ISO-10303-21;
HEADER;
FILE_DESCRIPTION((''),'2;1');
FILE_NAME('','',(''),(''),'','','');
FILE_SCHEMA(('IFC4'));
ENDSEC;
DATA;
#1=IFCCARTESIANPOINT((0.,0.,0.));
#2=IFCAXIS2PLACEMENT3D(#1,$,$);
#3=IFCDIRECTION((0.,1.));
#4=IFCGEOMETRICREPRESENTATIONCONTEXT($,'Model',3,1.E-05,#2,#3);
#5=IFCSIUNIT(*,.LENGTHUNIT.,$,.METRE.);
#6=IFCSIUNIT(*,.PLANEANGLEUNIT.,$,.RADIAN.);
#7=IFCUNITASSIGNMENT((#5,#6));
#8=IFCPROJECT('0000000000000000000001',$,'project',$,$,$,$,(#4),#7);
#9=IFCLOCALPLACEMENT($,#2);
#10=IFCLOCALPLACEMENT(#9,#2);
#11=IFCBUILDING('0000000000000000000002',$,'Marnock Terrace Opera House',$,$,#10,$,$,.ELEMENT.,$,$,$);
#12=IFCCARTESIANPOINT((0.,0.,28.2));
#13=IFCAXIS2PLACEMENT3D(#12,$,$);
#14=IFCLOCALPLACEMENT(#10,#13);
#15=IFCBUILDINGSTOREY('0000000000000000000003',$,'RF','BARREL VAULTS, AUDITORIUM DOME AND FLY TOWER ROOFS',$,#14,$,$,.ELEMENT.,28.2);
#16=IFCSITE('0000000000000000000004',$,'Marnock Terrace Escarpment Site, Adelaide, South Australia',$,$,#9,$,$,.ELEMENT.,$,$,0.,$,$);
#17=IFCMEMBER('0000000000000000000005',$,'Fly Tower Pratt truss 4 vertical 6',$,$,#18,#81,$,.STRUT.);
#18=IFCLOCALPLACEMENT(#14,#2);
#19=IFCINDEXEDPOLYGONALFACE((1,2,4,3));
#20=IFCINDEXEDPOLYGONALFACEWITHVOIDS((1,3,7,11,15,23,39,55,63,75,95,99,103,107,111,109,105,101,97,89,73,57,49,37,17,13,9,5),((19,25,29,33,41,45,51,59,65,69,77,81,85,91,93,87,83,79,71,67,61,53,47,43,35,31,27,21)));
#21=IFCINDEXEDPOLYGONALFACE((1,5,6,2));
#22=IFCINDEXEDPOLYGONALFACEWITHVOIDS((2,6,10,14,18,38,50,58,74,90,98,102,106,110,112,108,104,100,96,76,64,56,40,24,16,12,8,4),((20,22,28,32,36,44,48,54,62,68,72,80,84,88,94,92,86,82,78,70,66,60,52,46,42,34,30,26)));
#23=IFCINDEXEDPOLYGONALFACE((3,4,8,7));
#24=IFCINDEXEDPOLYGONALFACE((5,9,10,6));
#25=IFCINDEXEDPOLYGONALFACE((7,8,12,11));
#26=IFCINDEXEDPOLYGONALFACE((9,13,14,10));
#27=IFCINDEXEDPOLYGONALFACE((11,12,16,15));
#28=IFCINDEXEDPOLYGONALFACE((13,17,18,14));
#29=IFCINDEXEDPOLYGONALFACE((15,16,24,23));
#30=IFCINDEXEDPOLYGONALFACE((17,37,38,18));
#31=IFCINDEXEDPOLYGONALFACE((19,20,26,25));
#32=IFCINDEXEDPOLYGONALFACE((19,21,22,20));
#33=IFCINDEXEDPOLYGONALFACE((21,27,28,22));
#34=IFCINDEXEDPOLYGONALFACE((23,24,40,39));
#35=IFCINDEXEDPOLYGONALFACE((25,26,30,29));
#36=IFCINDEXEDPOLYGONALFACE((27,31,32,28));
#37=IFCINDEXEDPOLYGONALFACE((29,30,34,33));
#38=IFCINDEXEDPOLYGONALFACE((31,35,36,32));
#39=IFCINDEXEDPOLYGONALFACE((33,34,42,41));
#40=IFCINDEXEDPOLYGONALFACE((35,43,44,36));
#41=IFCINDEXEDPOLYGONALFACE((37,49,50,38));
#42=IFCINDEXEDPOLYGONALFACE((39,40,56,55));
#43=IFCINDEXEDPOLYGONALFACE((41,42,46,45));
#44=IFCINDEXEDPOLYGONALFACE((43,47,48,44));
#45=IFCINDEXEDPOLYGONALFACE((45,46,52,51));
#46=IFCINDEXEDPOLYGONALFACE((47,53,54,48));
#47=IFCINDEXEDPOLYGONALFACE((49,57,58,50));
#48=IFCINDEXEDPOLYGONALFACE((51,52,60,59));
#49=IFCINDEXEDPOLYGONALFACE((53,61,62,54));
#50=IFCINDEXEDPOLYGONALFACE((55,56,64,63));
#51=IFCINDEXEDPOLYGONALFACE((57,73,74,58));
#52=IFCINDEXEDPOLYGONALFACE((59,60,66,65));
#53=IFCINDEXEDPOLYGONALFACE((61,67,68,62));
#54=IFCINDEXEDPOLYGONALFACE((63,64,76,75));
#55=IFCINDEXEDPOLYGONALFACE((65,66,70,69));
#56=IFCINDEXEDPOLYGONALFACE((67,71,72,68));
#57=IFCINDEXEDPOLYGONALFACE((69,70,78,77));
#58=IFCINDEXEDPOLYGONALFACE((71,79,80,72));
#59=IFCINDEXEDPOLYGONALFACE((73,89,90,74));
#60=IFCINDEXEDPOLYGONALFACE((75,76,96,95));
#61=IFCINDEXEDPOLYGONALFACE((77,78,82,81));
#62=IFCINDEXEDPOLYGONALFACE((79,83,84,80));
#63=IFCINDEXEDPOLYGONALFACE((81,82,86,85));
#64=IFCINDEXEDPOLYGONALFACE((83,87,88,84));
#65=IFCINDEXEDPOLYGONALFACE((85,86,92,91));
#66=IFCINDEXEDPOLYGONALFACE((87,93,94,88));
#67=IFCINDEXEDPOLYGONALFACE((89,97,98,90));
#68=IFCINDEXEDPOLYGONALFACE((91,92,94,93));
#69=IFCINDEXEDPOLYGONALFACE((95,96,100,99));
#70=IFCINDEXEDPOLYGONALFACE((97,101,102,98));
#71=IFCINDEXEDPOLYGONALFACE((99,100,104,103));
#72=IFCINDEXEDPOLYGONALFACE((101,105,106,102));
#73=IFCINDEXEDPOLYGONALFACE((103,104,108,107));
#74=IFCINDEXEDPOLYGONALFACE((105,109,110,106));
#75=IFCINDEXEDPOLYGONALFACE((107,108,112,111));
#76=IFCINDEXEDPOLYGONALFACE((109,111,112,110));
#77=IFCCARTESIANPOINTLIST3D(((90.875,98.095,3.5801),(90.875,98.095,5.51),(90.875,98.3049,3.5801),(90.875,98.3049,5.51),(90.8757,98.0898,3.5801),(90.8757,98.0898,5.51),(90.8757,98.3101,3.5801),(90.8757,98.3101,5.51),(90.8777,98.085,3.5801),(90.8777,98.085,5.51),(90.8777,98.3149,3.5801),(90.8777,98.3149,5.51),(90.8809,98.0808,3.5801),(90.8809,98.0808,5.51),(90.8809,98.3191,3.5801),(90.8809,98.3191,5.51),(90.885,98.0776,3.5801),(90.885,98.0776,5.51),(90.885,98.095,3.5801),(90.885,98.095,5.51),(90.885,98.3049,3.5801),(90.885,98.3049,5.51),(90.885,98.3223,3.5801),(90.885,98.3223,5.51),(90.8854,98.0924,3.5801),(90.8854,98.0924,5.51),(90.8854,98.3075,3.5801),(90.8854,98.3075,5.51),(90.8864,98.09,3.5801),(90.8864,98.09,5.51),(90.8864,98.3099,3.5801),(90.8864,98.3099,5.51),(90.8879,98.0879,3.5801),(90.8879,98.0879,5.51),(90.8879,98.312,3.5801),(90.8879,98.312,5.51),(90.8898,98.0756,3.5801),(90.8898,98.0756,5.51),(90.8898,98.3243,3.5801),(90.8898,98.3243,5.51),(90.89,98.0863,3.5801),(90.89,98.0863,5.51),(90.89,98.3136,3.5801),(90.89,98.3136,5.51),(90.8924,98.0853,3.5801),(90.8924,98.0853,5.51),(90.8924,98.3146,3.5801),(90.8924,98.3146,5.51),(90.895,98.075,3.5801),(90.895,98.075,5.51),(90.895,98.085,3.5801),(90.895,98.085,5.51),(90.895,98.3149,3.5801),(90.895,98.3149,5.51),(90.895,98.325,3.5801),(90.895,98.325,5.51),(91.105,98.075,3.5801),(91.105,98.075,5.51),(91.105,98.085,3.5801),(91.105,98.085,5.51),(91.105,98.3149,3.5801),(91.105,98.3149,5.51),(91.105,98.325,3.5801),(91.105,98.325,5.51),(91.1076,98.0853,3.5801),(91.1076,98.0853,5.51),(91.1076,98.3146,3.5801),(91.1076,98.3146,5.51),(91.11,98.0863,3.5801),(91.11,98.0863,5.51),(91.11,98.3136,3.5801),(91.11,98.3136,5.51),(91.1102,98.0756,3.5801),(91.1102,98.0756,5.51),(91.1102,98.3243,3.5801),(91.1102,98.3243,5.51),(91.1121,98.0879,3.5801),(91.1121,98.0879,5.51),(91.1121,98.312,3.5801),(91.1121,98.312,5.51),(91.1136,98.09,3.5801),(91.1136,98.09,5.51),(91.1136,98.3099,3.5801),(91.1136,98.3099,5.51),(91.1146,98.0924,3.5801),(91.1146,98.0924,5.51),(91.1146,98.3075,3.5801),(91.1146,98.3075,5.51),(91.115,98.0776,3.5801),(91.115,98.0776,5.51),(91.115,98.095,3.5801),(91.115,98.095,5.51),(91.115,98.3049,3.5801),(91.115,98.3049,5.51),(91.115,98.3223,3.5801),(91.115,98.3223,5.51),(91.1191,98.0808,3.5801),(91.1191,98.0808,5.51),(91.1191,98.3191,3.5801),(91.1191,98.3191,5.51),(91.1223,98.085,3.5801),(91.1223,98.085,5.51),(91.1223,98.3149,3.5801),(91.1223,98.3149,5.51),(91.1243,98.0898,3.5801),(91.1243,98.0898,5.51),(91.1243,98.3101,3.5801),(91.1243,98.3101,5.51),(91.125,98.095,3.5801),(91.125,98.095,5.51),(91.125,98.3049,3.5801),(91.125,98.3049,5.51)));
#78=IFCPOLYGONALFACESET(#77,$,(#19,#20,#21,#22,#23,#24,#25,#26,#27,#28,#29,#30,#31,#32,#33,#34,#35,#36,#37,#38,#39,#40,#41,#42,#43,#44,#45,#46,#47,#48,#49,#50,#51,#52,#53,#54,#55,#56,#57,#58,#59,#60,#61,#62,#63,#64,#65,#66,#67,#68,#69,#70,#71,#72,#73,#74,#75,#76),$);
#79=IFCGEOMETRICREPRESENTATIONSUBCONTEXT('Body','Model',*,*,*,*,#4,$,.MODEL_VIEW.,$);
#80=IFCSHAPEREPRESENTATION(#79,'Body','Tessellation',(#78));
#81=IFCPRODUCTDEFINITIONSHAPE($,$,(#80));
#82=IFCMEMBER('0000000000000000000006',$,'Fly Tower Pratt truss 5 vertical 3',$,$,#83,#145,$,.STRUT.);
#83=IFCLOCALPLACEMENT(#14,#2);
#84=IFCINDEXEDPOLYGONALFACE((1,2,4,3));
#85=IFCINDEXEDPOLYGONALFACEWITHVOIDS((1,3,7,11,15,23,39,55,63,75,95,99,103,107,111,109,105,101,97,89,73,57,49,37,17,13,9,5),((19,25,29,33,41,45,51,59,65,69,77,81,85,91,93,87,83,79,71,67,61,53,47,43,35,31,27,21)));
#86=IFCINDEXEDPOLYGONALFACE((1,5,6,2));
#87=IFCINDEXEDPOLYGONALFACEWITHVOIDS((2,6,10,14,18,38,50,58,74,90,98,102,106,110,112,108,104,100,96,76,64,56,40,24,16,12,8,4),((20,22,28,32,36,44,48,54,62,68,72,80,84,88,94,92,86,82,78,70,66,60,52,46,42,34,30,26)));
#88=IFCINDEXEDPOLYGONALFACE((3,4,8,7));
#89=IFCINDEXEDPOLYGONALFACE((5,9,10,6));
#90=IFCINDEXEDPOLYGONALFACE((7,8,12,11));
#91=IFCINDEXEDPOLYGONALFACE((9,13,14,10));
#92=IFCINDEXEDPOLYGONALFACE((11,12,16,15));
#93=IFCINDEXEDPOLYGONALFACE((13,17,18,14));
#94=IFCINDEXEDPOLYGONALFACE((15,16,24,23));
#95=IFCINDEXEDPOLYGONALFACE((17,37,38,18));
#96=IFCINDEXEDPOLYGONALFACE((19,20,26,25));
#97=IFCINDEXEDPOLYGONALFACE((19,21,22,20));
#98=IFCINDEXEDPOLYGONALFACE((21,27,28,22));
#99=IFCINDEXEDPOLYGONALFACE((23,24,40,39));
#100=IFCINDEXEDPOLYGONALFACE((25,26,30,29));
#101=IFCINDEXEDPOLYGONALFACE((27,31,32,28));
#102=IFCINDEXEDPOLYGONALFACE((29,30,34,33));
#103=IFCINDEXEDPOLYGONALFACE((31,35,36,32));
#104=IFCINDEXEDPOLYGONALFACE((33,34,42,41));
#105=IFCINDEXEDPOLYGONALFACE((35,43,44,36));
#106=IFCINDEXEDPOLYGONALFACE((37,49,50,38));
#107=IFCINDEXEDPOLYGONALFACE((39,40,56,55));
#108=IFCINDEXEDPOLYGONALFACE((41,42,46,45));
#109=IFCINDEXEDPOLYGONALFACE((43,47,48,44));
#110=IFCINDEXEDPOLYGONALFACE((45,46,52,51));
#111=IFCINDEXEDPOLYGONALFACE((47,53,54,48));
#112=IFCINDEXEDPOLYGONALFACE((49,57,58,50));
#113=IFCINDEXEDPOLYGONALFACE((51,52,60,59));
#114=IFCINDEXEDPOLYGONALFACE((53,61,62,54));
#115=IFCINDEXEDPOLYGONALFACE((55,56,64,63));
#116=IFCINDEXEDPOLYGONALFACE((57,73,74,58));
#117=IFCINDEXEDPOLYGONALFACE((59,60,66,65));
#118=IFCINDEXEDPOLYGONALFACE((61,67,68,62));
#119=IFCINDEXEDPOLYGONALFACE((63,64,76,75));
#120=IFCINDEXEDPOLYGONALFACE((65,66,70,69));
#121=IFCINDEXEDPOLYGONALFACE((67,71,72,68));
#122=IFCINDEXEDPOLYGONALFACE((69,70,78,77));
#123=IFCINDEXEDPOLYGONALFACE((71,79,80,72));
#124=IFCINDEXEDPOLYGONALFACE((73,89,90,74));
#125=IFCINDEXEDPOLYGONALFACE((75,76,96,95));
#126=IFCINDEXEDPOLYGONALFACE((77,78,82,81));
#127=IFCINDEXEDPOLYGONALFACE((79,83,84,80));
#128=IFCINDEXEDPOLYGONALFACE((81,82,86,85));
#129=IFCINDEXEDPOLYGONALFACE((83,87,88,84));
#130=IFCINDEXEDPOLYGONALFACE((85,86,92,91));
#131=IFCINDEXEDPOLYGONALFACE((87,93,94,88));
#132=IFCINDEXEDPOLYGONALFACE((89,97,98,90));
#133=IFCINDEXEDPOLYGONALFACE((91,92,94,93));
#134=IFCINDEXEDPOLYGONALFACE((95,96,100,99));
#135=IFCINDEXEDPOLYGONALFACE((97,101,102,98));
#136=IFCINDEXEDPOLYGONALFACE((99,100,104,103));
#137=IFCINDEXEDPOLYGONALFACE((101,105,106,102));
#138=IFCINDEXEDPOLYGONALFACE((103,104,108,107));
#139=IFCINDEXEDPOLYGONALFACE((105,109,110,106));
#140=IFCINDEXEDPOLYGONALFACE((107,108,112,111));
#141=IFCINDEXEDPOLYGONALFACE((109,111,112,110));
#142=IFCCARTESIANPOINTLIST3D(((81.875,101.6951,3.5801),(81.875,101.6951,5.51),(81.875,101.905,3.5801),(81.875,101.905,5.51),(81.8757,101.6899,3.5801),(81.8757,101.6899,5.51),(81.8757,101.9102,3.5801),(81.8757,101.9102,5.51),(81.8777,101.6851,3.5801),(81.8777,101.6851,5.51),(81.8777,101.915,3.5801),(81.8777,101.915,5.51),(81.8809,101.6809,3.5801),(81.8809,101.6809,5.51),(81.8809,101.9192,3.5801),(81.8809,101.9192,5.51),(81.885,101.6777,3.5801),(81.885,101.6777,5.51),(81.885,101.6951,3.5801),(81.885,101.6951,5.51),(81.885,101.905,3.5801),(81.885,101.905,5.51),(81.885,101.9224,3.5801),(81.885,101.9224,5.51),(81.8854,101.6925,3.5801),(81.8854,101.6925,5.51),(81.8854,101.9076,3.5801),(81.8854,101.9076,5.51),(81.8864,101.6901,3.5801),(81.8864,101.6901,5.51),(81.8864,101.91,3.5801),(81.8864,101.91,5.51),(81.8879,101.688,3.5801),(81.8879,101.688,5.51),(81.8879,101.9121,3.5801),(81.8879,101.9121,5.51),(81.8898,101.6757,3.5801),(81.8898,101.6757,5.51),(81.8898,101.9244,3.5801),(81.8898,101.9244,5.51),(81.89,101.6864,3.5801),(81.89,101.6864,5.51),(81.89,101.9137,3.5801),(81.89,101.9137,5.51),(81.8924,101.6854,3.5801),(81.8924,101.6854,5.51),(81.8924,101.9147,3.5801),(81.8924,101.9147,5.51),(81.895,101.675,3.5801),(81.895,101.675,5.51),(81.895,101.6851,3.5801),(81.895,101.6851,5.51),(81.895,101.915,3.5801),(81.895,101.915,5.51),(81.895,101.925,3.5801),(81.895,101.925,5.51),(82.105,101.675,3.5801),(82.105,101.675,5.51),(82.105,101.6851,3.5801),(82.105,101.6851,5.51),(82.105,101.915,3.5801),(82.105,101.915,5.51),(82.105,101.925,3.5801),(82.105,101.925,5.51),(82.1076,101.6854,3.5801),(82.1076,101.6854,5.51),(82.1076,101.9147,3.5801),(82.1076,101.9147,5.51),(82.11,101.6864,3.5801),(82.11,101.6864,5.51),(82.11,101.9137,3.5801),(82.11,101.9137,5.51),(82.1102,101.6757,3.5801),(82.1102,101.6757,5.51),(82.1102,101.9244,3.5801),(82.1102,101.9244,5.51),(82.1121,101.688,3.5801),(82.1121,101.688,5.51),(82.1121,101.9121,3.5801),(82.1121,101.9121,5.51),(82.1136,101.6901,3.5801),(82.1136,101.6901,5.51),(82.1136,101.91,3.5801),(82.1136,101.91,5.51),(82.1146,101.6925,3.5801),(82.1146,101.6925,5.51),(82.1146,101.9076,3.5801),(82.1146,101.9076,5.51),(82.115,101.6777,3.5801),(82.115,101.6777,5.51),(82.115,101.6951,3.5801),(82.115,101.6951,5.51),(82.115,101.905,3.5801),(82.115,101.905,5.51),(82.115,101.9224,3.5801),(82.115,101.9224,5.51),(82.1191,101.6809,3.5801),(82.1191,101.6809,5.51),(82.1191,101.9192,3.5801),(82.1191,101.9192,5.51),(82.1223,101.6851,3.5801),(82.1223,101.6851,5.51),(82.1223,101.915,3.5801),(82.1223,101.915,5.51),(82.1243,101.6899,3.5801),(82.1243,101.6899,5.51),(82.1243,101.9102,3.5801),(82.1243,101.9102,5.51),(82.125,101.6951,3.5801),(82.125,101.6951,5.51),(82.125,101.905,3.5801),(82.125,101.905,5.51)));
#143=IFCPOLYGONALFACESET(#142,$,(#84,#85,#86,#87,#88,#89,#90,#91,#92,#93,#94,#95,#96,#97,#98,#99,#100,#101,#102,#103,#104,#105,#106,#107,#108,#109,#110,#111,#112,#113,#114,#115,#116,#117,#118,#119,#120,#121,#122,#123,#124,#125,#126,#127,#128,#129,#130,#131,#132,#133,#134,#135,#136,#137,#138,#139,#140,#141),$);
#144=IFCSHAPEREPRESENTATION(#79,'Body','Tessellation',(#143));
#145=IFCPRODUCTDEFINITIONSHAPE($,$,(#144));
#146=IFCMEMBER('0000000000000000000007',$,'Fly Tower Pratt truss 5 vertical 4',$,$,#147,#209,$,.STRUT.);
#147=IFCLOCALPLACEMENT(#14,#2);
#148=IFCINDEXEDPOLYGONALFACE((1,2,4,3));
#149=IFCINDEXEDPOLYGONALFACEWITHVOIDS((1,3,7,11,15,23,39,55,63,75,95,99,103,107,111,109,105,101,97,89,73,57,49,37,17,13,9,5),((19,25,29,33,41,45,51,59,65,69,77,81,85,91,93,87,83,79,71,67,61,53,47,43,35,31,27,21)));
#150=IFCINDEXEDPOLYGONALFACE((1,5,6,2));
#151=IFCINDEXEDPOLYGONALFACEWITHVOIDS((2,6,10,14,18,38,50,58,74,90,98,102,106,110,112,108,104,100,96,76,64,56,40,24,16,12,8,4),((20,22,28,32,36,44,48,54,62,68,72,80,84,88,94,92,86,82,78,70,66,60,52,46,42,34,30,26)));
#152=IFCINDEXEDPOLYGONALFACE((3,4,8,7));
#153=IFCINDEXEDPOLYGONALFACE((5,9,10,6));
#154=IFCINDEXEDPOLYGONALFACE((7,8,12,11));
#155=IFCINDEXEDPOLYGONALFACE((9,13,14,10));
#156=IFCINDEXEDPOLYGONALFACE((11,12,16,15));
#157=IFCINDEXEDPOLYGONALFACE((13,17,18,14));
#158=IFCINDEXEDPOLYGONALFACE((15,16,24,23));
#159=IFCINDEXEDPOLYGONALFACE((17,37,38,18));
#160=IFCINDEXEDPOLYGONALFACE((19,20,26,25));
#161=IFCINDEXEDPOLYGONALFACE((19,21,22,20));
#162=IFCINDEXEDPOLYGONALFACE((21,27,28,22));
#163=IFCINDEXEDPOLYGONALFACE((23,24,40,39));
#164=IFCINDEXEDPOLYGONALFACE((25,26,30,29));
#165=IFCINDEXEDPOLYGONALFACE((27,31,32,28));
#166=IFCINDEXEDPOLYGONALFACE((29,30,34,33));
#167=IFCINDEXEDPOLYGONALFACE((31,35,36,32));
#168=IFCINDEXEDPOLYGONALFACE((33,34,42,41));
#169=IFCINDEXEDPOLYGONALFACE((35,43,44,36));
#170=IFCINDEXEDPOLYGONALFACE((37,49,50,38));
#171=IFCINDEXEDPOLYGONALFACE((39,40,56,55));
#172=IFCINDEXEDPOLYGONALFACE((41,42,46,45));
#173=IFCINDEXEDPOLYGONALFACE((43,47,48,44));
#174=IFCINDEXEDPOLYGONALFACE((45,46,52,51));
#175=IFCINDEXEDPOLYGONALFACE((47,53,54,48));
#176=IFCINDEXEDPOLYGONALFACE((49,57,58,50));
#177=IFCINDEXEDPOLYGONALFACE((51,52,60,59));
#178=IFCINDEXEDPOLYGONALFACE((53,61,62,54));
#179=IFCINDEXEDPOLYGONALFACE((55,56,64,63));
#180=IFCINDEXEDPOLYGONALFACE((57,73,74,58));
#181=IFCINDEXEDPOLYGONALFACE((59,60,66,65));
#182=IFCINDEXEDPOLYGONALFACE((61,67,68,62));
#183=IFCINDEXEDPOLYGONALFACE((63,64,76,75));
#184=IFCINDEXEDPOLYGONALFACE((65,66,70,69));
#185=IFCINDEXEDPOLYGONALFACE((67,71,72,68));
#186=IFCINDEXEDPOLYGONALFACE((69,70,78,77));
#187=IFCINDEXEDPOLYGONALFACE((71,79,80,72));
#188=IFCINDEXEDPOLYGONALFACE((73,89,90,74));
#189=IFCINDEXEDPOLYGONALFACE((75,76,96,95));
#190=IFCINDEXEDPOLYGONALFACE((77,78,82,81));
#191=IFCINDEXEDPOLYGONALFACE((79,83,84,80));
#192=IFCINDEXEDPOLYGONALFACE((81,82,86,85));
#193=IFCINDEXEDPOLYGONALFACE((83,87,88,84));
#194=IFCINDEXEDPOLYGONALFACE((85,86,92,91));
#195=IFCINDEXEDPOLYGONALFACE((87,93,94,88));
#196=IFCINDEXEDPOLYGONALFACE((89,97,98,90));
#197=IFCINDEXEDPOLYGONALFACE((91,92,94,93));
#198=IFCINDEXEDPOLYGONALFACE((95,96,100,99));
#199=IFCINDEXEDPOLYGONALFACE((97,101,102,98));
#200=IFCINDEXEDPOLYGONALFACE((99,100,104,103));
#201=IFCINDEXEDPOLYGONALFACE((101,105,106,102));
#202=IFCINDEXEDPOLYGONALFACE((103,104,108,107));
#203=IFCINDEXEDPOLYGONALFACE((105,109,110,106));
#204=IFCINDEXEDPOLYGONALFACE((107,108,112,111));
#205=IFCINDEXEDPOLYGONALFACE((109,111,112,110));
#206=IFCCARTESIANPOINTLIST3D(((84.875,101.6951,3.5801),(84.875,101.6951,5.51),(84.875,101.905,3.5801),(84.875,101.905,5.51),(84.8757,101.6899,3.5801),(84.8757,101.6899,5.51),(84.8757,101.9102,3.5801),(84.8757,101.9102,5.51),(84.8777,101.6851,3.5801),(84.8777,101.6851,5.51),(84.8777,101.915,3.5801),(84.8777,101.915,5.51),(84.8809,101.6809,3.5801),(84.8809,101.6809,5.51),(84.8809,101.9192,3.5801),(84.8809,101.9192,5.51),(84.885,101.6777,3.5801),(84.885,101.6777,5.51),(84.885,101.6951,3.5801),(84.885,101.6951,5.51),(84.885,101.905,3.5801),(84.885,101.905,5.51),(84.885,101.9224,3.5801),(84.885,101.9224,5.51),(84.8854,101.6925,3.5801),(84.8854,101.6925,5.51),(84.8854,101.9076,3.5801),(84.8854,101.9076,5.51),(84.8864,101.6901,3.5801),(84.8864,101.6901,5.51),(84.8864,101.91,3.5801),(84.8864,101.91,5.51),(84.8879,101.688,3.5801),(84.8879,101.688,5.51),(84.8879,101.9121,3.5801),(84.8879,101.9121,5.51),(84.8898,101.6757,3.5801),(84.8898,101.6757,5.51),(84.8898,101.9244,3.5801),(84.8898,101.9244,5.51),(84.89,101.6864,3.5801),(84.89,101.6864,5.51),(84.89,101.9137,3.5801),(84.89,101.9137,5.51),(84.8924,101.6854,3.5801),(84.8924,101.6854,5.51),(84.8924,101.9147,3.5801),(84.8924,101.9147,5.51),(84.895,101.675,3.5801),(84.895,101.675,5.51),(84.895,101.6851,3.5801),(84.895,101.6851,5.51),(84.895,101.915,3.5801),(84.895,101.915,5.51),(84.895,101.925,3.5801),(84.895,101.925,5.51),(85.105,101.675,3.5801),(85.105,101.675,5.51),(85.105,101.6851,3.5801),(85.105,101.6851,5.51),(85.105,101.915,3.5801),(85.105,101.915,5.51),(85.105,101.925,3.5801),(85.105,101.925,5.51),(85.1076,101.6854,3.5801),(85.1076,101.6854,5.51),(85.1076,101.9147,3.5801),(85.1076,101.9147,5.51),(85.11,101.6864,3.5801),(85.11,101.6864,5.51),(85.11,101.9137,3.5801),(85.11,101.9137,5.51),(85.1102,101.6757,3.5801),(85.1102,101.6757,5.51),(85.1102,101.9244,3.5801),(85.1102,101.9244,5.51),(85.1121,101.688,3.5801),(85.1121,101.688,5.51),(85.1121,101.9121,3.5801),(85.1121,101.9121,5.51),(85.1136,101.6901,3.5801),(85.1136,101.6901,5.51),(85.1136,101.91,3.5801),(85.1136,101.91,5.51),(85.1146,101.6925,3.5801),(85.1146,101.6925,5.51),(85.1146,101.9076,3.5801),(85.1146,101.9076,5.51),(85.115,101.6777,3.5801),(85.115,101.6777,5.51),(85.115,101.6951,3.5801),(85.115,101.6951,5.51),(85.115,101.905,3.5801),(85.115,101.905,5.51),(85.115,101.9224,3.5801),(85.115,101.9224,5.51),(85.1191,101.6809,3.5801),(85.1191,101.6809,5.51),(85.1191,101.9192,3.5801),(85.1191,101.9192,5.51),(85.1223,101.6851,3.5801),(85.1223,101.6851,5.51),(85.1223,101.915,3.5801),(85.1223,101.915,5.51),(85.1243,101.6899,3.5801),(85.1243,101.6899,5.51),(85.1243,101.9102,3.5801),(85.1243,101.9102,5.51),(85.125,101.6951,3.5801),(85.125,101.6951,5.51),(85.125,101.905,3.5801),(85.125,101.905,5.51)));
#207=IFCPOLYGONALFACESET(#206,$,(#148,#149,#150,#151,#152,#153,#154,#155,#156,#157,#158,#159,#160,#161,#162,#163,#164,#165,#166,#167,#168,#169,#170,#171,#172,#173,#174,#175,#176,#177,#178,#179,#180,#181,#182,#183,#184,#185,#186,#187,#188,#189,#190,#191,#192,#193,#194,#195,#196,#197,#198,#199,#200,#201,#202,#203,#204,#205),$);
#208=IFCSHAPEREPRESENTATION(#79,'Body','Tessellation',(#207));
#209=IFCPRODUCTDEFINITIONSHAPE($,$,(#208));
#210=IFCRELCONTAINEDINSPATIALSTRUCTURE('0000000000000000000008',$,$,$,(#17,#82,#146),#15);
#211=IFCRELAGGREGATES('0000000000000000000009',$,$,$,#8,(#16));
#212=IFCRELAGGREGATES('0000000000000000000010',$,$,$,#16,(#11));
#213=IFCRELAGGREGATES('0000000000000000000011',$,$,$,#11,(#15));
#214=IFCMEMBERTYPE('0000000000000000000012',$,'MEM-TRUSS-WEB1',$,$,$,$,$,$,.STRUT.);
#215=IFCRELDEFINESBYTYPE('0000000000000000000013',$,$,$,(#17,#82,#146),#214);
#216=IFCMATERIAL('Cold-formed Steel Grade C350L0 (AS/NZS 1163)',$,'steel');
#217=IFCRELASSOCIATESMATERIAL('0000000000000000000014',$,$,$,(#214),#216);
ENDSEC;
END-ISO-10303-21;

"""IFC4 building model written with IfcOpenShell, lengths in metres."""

from ifc_helpers import new_model, si_unit, direction, frame, origin, origin_2d, place, context, subcontext, project, spatial, hollow_rectangle, extrude, material, material_profile, profile_set, type_object, element, save


model = new_model("IFC4")

# Units and contexts
model_context = context("Model", 3, precision=1e-05, world=origin(), true_north=direction((0.0, 1.0)))
body_context = subcontext(model_context, "Body", "Model", "MODEL_VIEW")
ifc_project = project(units=[si_unit("LENGTHUNIT", "METRE"), si_unit("PLANEANGLEUNIT", "RADIAN")], contexts=[model_context])

# Site, building, storey
site_placement = place(None, origin())
site = spatial("IfcSite", under=ifc_project, at=site_placement, Name="Marnock Terrace Escarpment Site, Adelaide, South Australia", CompositionType="ELEMENT", RefElevation=0.0)
building_placement = place(site_placement, origin())
building = spatial("IfcBuilding", under=site, at=building_placement, Name="Marnock Terrace Opera House", CompositionType="ELEMENT")
storey_placement = place(building_placement, frame((0.0, 0.0, 28.2)))
storey = spatial("IfcBuildingStorey", under=building, at=storey_placement, Name="RF", Description="BARREL VAULTS, AUDITORIUM DOME AND FLY TOWER ROOFS", CompositionType="ELEMENT", Elevation=28.2)

# Members
ifc_material_1 = material(Name="Cold-formed Steel Grade C350L0 (AS/NZS 1163)", Category="steel")
ifc_material_profile_1 = material_profile(ifc_material_1, hollow_rectangle(XDim=0.25, YDim=0.25, WallThickness=0.01, InnerFilletRadius=0.01, OuterFilletRadius=0.02, at=origin_2d()))
ifc_profile_set_1 = profile_set([ifc_material_profile_1], Name="Cold-formed Steel Grade C350L0 (AS/NZS 1163)")
member_type_1 = type_object("IfcMemberType", Name="MEM-TRUSS-WEB1", PredefinedType="STRUT", material=ifc_profile_set_1)
for number, where, z_axis, x_axis, name in (
    (1, (91.0, 98.2, 3.5801), (0.0, 0.0, 1.0), (1.0, 0.0, 0.0), "Fly Tower Pratt truss 4 vertical 6"),
    (2, (82.0, 101.8, 3.5801), (0.0, 0.0, 1.0), (1.0, 0.0, 0.0), "Fly Tower Pratt truss 5 vertical 3"),
    (3, (85.0, 101.8, 3.5801), (0.0, 0.0, 1.0), (1.0, 0.0, 0.0), "Fly Tower Pratt truss 5 vertical 4"),
):
    element("IfcMember", number, at=place(storey_placement, frame(where, z_axis=z_axis, x_axis=x_axis)), inside=storey, type_object=member_type_1, Name=name, PredefinedType="STRUT", context=body_context, shape_type="SweptSolid", body=[
        extrude(hollow_rectangle(XDim=0.25, YDim=0.25, WallThickness=0.01, InnerFilletRadius=0.01, OuterFilletRadius=0.02, at=origin_2d()), origin(), (0.0, 0.0, 1.0), 1.9299),
    ])

save(model, "model.ifc")
